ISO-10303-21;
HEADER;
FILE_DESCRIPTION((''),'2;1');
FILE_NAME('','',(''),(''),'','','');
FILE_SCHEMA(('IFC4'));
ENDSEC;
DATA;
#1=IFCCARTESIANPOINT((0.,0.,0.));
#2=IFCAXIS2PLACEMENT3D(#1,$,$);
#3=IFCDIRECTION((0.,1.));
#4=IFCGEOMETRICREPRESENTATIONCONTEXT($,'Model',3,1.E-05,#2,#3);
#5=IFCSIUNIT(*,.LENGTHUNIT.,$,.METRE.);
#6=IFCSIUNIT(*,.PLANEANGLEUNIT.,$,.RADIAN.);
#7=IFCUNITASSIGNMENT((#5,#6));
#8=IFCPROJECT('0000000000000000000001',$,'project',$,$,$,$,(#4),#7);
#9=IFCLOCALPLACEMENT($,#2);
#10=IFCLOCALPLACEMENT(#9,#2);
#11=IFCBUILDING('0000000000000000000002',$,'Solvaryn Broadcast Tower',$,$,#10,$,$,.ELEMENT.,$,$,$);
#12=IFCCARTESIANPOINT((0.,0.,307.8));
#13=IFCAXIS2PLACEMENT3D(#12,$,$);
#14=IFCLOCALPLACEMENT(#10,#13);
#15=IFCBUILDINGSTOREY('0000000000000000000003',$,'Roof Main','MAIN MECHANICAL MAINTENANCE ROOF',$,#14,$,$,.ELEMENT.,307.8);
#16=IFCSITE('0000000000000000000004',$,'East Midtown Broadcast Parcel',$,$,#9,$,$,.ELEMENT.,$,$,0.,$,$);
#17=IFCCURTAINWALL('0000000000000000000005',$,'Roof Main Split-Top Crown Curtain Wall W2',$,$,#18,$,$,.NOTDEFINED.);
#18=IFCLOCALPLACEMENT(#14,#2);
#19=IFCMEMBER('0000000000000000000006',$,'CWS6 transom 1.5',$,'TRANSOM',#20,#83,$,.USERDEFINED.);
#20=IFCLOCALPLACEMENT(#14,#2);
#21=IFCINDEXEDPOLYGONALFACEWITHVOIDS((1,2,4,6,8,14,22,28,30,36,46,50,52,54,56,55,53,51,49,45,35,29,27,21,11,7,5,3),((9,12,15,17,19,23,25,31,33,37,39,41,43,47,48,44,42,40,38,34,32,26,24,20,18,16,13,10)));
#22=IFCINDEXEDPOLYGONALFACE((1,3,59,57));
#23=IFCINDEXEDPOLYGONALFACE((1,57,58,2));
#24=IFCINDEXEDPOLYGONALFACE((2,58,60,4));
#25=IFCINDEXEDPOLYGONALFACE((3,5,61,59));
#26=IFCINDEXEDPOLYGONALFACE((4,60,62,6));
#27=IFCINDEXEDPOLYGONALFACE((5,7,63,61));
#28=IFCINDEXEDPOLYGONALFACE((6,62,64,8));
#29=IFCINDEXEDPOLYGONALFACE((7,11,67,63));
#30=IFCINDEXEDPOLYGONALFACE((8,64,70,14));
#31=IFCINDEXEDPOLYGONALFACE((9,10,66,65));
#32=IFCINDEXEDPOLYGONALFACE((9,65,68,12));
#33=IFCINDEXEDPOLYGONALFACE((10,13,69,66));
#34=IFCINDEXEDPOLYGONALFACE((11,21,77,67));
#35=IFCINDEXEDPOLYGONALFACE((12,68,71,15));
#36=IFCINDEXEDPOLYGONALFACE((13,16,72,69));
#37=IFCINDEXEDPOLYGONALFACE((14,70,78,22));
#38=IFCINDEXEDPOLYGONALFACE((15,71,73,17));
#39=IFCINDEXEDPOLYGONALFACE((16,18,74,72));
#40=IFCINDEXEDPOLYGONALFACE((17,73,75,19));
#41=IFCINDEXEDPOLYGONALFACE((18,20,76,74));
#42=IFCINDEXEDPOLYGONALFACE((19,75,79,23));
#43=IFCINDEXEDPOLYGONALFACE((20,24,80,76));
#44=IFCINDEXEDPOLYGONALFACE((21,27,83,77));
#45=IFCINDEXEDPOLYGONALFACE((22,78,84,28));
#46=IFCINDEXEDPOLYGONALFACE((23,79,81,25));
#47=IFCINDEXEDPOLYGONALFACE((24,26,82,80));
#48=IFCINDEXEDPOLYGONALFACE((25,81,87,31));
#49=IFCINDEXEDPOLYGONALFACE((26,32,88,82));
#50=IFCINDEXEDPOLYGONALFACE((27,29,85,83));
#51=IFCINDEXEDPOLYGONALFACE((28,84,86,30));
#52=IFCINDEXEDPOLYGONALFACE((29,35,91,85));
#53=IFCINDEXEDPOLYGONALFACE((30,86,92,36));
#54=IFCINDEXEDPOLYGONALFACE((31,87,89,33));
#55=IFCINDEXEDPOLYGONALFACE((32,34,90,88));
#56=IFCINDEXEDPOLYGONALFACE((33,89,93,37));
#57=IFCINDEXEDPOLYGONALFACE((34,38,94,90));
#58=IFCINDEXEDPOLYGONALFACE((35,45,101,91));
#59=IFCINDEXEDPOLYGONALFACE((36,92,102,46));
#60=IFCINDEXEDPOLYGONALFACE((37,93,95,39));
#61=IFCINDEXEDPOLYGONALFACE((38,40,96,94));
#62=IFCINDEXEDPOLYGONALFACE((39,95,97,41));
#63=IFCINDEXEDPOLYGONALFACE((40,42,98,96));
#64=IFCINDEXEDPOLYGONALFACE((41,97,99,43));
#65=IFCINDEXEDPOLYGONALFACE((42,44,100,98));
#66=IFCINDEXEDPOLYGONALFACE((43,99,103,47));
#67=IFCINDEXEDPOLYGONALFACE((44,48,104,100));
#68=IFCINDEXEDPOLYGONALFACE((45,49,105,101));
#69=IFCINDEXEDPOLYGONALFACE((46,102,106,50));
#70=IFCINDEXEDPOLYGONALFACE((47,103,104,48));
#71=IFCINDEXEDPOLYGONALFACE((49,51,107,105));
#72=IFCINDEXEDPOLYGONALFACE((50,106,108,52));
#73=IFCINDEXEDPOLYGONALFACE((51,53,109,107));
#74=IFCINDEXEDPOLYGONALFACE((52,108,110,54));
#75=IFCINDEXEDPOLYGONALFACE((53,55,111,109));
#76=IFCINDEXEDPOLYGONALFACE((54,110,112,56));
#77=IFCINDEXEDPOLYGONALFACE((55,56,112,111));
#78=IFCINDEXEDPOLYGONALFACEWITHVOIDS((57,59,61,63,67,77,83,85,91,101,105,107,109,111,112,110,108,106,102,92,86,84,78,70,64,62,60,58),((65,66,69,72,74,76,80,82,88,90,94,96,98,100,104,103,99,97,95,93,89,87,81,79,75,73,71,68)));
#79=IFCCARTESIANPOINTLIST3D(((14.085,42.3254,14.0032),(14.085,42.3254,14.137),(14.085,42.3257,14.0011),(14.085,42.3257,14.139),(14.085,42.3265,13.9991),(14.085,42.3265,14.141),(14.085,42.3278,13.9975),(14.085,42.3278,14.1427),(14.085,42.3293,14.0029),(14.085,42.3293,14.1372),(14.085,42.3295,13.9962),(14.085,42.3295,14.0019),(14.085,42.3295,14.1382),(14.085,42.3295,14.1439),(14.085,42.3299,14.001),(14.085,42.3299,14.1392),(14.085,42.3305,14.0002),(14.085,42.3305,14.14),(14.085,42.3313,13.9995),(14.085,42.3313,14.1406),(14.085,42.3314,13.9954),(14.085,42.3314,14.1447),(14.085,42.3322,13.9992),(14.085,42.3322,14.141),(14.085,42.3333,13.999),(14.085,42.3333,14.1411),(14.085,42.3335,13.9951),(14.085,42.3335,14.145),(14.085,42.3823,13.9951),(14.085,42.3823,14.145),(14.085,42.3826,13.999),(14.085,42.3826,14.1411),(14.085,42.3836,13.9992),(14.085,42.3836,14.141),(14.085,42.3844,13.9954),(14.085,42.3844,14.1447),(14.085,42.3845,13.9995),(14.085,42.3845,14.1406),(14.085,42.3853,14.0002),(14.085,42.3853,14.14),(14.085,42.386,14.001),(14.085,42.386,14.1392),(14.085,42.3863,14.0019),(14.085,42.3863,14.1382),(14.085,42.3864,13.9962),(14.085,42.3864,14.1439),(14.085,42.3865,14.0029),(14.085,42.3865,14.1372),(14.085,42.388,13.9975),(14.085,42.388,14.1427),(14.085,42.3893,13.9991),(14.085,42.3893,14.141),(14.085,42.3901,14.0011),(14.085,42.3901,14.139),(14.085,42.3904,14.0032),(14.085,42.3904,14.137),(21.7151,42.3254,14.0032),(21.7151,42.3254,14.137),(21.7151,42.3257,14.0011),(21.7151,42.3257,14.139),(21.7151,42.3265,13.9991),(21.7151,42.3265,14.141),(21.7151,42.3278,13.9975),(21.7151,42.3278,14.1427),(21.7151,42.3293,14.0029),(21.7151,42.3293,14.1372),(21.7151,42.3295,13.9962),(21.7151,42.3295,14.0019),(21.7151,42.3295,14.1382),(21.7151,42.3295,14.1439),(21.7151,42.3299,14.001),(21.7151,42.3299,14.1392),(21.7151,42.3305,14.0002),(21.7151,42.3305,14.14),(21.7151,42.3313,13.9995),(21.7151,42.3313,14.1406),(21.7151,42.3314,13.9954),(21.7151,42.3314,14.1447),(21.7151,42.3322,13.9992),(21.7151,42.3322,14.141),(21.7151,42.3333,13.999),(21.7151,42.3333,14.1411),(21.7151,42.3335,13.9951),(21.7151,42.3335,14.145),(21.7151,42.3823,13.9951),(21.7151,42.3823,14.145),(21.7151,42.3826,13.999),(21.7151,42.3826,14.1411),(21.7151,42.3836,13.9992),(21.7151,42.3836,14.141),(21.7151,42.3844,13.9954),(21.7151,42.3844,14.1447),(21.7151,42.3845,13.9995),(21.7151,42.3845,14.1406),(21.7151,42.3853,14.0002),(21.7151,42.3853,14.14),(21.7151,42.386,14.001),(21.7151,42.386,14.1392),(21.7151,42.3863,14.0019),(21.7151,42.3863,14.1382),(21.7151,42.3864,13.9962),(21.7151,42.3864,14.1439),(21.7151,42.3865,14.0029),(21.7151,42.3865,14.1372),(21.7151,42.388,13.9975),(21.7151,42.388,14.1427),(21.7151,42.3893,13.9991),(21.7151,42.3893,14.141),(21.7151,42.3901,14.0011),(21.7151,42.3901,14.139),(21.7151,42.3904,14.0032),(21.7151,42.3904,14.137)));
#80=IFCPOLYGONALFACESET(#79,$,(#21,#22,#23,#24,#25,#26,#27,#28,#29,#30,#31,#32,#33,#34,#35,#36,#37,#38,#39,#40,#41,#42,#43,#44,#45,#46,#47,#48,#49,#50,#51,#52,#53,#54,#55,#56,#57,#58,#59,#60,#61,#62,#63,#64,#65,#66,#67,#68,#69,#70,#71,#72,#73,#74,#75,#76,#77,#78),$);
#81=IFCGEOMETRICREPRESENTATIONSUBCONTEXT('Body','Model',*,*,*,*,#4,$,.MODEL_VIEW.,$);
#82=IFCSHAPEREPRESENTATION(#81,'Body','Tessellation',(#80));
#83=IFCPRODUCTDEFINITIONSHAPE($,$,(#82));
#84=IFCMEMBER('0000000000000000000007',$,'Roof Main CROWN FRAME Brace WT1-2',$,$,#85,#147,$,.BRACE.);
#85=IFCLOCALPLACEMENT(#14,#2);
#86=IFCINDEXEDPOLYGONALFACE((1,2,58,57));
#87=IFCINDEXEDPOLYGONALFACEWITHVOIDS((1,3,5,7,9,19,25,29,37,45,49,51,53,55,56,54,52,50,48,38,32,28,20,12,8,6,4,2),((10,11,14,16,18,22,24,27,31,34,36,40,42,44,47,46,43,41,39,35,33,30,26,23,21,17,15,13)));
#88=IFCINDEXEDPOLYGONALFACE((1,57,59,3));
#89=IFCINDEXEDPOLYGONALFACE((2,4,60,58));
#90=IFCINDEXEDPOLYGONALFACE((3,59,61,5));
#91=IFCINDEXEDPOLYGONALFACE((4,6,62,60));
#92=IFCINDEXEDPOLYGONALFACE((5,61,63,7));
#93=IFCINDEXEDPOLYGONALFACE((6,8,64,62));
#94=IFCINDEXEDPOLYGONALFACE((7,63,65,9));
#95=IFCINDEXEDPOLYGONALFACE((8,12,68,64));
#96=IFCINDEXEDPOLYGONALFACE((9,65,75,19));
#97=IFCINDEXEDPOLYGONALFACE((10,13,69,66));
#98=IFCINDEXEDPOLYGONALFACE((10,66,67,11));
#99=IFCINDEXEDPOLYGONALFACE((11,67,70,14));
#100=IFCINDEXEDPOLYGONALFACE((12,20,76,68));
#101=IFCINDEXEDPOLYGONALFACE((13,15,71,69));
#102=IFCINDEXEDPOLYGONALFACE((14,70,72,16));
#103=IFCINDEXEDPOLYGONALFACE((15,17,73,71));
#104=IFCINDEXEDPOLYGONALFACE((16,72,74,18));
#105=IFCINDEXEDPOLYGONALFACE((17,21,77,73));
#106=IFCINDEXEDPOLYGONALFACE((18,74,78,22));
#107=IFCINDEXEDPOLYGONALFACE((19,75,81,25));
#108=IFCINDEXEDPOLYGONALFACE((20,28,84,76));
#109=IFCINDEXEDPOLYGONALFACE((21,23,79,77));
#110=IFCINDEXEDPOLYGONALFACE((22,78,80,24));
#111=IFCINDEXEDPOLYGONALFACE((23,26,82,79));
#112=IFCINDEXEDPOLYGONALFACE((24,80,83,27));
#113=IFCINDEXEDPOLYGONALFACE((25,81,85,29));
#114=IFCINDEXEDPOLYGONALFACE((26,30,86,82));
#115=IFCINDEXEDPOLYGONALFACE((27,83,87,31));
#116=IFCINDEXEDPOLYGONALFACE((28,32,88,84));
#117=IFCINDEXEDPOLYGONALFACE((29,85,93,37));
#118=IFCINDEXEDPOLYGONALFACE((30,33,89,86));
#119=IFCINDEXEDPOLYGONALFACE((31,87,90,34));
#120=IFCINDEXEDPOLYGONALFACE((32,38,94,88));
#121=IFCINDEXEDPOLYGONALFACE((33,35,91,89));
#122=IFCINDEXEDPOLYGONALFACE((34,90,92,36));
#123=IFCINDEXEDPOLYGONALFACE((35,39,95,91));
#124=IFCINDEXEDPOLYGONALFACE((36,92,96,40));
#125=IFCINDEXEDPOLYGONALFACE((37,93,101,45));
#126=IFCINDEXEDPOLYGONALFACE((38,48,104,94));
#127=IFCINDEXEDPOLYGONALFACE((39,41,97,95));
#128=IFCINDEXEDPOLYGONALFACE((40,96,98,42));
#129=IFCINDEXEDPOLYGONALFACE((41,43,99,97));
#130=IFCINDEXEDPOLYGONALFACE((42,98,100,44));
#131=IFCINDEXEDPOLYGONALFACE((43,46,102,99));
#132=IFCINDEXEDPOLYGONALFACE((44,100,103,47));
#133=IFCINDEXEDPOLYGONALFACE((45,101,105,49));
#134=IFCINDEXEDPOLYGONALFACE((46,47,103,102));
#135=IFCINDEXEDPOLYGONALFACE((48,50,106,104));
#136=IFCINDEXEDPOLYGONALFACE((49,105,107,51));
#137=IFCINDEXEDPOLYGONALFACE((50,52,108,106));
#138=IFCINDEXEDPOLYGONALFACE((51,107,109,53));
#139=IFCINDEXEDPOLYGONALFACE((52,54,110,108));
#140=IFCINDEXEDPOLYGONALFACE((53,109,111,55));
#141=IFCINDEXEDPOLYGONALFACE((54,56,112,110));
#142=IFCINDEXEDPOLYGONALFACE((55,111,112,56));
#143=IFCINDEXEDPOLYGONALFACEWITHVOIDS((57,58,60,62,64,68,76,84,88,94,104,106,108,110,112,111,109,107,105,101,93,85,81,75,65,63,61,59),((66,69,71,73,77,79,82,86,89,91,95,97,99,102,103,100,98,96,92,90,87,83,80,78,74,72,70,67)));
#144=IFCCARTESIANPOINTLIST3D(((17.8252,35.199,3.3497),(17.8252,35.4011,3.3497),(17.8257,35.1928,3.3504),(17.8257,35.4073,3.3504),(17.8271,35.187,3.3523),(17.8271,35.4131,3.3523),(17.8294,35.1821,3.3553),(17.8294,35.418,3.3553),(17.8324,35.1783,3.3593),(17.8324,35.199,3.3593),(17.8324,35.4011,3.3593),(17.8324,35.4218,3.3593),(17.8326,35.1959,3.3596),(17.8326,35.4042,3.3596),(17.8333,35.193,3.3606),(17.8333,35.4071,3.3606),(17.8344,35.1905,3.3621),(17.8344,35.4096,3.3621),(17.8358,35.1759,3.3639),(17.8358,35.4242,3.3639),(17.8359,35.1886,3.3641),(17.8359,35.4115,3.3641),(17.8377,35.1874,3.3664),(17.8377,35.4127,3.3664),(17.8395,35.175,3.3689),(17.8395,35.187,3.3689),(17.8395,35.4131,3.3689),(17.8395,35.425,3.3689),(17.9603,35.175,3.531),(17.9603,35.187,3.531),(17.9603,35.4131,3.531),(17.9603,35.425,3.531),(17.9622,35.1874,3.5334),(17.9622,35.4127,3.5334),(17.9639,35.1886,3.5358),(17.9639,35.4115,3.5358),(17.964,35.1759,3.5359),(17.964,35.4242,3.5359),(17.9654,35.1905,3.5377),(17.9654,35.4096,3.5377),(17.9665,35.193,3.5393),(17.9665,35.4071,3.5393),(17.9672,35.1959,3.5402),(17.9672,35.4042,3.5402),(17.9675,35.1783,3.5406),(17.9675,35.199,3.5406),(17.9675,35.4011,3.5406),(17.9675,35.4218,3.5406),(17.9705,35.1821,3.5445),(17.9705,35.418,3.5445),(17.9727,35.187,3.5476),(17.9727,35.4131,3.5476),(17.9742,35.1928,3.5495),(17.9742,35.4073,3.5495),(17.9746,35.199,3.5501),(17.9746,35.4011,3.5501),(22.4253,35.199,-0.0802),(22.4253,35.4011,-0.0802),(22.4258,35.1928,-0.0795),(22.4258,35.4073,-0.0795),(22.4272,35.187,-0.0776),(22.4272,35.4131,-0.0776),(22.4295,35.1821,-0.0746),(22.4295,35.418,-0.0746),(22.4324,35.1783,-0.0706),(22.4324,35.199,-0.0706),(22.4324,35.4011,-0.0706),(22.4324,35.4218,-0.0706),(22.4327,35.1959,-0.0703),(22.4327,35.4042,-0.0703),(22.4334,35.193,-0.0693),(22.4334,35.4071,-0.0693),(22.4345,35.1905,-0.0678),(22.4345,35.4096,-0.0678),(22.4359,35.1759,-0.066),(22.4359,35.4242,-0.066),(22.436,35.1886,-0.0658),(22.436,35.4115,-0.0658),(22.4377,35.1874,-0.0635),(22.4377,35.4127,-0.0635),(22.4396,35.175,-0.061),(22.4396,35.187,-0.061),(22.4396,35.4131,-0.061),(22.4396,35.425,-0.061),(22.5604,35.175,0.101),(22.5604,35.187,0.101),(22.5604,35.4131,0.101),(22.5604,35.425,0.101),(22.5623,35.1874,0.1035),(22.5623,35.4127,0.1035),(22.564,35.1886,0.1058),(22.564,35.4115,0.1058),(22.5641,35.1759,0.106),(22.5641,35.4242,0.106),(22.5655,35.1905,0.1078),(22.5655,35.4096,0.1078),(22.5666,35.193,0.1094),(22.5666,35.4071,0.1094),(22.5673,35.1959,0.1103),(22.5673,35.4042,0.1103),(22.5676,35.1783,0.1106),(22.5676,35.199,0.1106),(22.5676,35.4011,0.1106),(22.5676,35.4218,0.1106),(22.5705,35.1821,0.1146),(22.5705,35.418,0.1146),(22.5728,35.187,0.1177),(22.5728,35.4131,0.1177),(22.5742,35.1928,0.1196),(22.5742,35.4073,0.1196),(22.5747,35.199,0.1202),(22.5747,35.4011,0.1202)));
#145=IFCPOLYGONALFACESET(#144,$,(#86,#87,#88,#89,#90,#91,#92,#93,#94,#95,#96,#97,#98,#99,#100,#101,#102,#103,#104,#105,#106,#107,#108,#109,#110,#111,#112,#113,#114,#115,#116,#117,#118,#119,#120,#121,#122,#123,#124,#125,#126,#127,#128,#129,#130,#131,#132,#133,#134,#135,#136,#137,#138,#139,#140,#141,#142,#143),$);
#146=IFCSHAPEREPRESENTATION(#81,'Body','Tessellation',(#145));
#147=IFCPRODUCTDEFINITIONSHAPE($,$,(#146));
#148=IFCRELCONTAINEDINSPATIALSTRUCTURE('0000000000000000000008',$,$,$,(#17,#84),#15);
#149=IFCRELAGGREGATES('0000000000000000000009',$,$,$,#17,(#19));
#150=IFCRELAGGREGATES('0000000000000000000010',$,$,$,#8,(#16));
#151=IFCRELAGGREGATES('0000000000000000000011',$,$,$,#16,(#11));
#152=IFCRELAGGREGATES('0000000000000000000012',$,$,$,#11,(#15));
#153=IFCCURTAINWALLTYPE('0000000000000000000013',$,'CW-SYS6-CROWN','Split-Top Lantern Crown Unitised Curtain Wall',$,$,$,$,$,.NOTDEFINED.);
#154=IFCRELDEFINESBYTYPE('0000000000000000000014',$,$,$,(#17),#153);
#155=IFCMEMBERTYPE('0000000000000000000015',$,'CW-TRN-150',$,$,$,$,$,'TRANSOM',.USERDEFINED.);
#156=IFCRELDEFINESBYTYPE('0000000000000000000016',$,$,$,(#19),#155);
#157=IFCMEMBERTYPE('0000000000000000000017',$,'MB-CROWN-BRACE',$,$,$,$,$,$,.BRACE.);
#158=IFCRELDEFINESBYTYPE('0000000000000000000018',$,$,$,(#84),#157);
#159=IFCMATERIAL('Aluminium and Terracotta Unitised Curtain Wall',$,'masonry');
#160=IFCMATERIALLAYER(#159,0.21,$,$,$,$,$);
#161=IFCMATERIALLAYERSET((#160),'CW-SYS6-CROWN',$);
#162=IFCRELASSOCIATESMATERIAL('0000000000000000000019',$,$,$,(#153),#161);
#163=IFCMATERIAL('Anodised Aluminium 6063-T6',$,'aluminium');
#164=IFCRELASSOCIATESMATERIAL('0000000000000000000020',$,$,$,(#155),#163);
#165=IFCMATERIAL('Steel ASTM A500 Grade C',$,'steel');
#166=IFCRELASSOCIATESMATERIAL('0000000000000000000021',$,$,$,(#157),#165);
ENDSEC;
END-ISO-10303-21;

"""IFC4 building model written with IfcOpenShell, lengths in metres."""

from ifc_helpers import new_model, si_unit, direction, frame, origin, origin_2d, place, context, subcontext, project, spatial, hollow_rectangle, extrude, material, layer, layer_set, material_profile, profile_set, type_object, element, aggregate, save


model = new_model("IFC4")

# Units and contexts
model_context = context("Model", 3, precision=1e-05, world=origin(), true_north=direction((0.0, 1.0)))
body_context = subcontext(model_context, "Body", "Model", "MODEL_VIEW")
ifc_project = project(units=[si_unit("LENGTHUNIT", "METRE"), si_unit("PLANEANGLEUNIT", "RADIAN")], contexts=[model_context])

# Site, building, storey
site_placement = place(None, origin())
site = spatial("IfcSite", under=ifc_project, at=site_placement, Name="East Midtown Broadcast Parcel", CompositionType="ELEMENT", RefElevation=0.0)
building_placement = place(site_placement, origin())
building = spatial("IfcBuilding", under=site, at=building_placement, Name="Solvaryn Broadcast Tower", CompositionType="ELEMENT")
storey_placement = place(building_placement, frame((0.0, 0.0, 307.8)))
storey = spatial("IfcBuildingStorey", under=building, at=storey_placement, Name="Roof Main", Description="MAIN MECHANICAL MAINTENANCE ROOF", CompositionType="ELEMENT", Elevation=307.8)

# Curtain wall
ifc_material_1 = material(Name="Aluminium and Terracotta Unitised Curtain Wall", Category="masonry")
ifc_layer_1 = layer(ifc_material_1, 0.21)
ifc_layer_set_1 = layer_set([ifc_layer_1], Name="CW-SYS6-CROWN")
curtain_wall_type = type_object("IfcCurtainWallType", Name="CW-SYS6-CROWN", Description="Split-Top Lantern Crown Unitised Curtain Wall", PredefinedType="NOTDEFINED", material=ifc_layer_set_1)
curtain_wall_1_placement = place(storey_placement, origin())
curtain_wall_1 = element("IfcCurtainWall", 1, at=curtain_wall_1_placement, inside=storey, type_object=curtain_wall_type, Name="Roof Main Split-Top Crown Curtain Wall W2", PredefinedType="NOTDEFINED")

# Member
ifc_material_2 = material(Name="Anodised Aluminium 6063-T6", Category="aluminium")
ifc_material_profile_1 = material_profile(ifc_material_2, hollow_rectangle(XDim=0.0649, YDim=0.1499, WallThickness=0.0039, InnerFilletRadius=0.0039, OuterFilletRadius=0.0081, at=origin_2d()))
ifc_profile_set_1 = profile_set([ifc_material_profile_1], Name="Anodised Aluminium 6063-T6")
member_type_1 = type_object("IfcMemberType", Name="CW-TRN-150", ElementType="TRANSOM", PredefinedType="USERDEFINED", material=ifc_profile_set_1)
member_1_placement = place(storey_placement, frame((21.7151, 42.3579, 14.0701), z_axis=(-1.0, 0.0, 0.0), x_axis=(0.0, -1.0, 0.0)))
member_1 = element("IfcMember", 2, at=member_1_placement, type_object=member_type_1, Name="CWS6 transom 1.5", ObjectType="TRANSOM", PredefinedType="USERDEFINED", context=body_context, shape_type="SweptSolid", body=[
    extrude(hollow_rectangle(XDim=0.0649, YDim=0.1499, WallThickness=0.0039, InnerFilletRadius=0.0039, OuterFilletRadius=0.0081, at=origin_2d()), origin(), (0.0, 0.0, 1.0), 7.6301),
])
aggregate(curtain_wall_1, [member_1])

# Member
ifc_material_3 = material(Name="Steel ASTM A500 Grade C", Category="steel")
ifc_material_profile_2 = material_profile(ifc_material_3, hollow_rectangle(XDim=0.25, YDim=0.25, WallThickness=0.012, InnerFilletRadius=0.012, OuterFilletRadius=0.0239, at=origin_2d()))
ifc_profile_set_2 = profile_set([ifc_material_profile_2], Name="Steel ASTM A500 Grade C")
member_type_2 = type_object("IfcMemberType", Name="MB-CROWN-BRACE", PredefinedType="BRACE", material=ifc_profile_set_2)
member_2_placement = place(storey_placement, frame((22.5, 35.3, 0.02), z_axis=(-0.801682, 0.0, 0.597751), x_axis=(0.0, -1.0, 0.0)))
element("IfcMember", 3, at=member_2_placement, inside=storey, type_object=member_type_2, Name="Roof Main CROWN FRAME Brace WT1-2", PredefinedType="BRACE", context=body_context, shape_type="SweptSolid", body=[
    extrude(hollow_rectangle(XDim=0.25, YDim=0.25, WallThickness=0.012, InnerFilletRadius=0.012, OuterFilletRadius=0.0239, at=origin_2d()), origin(), (0.0, 0.0, 1.0), 5.738),
])

save(model, "model.ifc")
